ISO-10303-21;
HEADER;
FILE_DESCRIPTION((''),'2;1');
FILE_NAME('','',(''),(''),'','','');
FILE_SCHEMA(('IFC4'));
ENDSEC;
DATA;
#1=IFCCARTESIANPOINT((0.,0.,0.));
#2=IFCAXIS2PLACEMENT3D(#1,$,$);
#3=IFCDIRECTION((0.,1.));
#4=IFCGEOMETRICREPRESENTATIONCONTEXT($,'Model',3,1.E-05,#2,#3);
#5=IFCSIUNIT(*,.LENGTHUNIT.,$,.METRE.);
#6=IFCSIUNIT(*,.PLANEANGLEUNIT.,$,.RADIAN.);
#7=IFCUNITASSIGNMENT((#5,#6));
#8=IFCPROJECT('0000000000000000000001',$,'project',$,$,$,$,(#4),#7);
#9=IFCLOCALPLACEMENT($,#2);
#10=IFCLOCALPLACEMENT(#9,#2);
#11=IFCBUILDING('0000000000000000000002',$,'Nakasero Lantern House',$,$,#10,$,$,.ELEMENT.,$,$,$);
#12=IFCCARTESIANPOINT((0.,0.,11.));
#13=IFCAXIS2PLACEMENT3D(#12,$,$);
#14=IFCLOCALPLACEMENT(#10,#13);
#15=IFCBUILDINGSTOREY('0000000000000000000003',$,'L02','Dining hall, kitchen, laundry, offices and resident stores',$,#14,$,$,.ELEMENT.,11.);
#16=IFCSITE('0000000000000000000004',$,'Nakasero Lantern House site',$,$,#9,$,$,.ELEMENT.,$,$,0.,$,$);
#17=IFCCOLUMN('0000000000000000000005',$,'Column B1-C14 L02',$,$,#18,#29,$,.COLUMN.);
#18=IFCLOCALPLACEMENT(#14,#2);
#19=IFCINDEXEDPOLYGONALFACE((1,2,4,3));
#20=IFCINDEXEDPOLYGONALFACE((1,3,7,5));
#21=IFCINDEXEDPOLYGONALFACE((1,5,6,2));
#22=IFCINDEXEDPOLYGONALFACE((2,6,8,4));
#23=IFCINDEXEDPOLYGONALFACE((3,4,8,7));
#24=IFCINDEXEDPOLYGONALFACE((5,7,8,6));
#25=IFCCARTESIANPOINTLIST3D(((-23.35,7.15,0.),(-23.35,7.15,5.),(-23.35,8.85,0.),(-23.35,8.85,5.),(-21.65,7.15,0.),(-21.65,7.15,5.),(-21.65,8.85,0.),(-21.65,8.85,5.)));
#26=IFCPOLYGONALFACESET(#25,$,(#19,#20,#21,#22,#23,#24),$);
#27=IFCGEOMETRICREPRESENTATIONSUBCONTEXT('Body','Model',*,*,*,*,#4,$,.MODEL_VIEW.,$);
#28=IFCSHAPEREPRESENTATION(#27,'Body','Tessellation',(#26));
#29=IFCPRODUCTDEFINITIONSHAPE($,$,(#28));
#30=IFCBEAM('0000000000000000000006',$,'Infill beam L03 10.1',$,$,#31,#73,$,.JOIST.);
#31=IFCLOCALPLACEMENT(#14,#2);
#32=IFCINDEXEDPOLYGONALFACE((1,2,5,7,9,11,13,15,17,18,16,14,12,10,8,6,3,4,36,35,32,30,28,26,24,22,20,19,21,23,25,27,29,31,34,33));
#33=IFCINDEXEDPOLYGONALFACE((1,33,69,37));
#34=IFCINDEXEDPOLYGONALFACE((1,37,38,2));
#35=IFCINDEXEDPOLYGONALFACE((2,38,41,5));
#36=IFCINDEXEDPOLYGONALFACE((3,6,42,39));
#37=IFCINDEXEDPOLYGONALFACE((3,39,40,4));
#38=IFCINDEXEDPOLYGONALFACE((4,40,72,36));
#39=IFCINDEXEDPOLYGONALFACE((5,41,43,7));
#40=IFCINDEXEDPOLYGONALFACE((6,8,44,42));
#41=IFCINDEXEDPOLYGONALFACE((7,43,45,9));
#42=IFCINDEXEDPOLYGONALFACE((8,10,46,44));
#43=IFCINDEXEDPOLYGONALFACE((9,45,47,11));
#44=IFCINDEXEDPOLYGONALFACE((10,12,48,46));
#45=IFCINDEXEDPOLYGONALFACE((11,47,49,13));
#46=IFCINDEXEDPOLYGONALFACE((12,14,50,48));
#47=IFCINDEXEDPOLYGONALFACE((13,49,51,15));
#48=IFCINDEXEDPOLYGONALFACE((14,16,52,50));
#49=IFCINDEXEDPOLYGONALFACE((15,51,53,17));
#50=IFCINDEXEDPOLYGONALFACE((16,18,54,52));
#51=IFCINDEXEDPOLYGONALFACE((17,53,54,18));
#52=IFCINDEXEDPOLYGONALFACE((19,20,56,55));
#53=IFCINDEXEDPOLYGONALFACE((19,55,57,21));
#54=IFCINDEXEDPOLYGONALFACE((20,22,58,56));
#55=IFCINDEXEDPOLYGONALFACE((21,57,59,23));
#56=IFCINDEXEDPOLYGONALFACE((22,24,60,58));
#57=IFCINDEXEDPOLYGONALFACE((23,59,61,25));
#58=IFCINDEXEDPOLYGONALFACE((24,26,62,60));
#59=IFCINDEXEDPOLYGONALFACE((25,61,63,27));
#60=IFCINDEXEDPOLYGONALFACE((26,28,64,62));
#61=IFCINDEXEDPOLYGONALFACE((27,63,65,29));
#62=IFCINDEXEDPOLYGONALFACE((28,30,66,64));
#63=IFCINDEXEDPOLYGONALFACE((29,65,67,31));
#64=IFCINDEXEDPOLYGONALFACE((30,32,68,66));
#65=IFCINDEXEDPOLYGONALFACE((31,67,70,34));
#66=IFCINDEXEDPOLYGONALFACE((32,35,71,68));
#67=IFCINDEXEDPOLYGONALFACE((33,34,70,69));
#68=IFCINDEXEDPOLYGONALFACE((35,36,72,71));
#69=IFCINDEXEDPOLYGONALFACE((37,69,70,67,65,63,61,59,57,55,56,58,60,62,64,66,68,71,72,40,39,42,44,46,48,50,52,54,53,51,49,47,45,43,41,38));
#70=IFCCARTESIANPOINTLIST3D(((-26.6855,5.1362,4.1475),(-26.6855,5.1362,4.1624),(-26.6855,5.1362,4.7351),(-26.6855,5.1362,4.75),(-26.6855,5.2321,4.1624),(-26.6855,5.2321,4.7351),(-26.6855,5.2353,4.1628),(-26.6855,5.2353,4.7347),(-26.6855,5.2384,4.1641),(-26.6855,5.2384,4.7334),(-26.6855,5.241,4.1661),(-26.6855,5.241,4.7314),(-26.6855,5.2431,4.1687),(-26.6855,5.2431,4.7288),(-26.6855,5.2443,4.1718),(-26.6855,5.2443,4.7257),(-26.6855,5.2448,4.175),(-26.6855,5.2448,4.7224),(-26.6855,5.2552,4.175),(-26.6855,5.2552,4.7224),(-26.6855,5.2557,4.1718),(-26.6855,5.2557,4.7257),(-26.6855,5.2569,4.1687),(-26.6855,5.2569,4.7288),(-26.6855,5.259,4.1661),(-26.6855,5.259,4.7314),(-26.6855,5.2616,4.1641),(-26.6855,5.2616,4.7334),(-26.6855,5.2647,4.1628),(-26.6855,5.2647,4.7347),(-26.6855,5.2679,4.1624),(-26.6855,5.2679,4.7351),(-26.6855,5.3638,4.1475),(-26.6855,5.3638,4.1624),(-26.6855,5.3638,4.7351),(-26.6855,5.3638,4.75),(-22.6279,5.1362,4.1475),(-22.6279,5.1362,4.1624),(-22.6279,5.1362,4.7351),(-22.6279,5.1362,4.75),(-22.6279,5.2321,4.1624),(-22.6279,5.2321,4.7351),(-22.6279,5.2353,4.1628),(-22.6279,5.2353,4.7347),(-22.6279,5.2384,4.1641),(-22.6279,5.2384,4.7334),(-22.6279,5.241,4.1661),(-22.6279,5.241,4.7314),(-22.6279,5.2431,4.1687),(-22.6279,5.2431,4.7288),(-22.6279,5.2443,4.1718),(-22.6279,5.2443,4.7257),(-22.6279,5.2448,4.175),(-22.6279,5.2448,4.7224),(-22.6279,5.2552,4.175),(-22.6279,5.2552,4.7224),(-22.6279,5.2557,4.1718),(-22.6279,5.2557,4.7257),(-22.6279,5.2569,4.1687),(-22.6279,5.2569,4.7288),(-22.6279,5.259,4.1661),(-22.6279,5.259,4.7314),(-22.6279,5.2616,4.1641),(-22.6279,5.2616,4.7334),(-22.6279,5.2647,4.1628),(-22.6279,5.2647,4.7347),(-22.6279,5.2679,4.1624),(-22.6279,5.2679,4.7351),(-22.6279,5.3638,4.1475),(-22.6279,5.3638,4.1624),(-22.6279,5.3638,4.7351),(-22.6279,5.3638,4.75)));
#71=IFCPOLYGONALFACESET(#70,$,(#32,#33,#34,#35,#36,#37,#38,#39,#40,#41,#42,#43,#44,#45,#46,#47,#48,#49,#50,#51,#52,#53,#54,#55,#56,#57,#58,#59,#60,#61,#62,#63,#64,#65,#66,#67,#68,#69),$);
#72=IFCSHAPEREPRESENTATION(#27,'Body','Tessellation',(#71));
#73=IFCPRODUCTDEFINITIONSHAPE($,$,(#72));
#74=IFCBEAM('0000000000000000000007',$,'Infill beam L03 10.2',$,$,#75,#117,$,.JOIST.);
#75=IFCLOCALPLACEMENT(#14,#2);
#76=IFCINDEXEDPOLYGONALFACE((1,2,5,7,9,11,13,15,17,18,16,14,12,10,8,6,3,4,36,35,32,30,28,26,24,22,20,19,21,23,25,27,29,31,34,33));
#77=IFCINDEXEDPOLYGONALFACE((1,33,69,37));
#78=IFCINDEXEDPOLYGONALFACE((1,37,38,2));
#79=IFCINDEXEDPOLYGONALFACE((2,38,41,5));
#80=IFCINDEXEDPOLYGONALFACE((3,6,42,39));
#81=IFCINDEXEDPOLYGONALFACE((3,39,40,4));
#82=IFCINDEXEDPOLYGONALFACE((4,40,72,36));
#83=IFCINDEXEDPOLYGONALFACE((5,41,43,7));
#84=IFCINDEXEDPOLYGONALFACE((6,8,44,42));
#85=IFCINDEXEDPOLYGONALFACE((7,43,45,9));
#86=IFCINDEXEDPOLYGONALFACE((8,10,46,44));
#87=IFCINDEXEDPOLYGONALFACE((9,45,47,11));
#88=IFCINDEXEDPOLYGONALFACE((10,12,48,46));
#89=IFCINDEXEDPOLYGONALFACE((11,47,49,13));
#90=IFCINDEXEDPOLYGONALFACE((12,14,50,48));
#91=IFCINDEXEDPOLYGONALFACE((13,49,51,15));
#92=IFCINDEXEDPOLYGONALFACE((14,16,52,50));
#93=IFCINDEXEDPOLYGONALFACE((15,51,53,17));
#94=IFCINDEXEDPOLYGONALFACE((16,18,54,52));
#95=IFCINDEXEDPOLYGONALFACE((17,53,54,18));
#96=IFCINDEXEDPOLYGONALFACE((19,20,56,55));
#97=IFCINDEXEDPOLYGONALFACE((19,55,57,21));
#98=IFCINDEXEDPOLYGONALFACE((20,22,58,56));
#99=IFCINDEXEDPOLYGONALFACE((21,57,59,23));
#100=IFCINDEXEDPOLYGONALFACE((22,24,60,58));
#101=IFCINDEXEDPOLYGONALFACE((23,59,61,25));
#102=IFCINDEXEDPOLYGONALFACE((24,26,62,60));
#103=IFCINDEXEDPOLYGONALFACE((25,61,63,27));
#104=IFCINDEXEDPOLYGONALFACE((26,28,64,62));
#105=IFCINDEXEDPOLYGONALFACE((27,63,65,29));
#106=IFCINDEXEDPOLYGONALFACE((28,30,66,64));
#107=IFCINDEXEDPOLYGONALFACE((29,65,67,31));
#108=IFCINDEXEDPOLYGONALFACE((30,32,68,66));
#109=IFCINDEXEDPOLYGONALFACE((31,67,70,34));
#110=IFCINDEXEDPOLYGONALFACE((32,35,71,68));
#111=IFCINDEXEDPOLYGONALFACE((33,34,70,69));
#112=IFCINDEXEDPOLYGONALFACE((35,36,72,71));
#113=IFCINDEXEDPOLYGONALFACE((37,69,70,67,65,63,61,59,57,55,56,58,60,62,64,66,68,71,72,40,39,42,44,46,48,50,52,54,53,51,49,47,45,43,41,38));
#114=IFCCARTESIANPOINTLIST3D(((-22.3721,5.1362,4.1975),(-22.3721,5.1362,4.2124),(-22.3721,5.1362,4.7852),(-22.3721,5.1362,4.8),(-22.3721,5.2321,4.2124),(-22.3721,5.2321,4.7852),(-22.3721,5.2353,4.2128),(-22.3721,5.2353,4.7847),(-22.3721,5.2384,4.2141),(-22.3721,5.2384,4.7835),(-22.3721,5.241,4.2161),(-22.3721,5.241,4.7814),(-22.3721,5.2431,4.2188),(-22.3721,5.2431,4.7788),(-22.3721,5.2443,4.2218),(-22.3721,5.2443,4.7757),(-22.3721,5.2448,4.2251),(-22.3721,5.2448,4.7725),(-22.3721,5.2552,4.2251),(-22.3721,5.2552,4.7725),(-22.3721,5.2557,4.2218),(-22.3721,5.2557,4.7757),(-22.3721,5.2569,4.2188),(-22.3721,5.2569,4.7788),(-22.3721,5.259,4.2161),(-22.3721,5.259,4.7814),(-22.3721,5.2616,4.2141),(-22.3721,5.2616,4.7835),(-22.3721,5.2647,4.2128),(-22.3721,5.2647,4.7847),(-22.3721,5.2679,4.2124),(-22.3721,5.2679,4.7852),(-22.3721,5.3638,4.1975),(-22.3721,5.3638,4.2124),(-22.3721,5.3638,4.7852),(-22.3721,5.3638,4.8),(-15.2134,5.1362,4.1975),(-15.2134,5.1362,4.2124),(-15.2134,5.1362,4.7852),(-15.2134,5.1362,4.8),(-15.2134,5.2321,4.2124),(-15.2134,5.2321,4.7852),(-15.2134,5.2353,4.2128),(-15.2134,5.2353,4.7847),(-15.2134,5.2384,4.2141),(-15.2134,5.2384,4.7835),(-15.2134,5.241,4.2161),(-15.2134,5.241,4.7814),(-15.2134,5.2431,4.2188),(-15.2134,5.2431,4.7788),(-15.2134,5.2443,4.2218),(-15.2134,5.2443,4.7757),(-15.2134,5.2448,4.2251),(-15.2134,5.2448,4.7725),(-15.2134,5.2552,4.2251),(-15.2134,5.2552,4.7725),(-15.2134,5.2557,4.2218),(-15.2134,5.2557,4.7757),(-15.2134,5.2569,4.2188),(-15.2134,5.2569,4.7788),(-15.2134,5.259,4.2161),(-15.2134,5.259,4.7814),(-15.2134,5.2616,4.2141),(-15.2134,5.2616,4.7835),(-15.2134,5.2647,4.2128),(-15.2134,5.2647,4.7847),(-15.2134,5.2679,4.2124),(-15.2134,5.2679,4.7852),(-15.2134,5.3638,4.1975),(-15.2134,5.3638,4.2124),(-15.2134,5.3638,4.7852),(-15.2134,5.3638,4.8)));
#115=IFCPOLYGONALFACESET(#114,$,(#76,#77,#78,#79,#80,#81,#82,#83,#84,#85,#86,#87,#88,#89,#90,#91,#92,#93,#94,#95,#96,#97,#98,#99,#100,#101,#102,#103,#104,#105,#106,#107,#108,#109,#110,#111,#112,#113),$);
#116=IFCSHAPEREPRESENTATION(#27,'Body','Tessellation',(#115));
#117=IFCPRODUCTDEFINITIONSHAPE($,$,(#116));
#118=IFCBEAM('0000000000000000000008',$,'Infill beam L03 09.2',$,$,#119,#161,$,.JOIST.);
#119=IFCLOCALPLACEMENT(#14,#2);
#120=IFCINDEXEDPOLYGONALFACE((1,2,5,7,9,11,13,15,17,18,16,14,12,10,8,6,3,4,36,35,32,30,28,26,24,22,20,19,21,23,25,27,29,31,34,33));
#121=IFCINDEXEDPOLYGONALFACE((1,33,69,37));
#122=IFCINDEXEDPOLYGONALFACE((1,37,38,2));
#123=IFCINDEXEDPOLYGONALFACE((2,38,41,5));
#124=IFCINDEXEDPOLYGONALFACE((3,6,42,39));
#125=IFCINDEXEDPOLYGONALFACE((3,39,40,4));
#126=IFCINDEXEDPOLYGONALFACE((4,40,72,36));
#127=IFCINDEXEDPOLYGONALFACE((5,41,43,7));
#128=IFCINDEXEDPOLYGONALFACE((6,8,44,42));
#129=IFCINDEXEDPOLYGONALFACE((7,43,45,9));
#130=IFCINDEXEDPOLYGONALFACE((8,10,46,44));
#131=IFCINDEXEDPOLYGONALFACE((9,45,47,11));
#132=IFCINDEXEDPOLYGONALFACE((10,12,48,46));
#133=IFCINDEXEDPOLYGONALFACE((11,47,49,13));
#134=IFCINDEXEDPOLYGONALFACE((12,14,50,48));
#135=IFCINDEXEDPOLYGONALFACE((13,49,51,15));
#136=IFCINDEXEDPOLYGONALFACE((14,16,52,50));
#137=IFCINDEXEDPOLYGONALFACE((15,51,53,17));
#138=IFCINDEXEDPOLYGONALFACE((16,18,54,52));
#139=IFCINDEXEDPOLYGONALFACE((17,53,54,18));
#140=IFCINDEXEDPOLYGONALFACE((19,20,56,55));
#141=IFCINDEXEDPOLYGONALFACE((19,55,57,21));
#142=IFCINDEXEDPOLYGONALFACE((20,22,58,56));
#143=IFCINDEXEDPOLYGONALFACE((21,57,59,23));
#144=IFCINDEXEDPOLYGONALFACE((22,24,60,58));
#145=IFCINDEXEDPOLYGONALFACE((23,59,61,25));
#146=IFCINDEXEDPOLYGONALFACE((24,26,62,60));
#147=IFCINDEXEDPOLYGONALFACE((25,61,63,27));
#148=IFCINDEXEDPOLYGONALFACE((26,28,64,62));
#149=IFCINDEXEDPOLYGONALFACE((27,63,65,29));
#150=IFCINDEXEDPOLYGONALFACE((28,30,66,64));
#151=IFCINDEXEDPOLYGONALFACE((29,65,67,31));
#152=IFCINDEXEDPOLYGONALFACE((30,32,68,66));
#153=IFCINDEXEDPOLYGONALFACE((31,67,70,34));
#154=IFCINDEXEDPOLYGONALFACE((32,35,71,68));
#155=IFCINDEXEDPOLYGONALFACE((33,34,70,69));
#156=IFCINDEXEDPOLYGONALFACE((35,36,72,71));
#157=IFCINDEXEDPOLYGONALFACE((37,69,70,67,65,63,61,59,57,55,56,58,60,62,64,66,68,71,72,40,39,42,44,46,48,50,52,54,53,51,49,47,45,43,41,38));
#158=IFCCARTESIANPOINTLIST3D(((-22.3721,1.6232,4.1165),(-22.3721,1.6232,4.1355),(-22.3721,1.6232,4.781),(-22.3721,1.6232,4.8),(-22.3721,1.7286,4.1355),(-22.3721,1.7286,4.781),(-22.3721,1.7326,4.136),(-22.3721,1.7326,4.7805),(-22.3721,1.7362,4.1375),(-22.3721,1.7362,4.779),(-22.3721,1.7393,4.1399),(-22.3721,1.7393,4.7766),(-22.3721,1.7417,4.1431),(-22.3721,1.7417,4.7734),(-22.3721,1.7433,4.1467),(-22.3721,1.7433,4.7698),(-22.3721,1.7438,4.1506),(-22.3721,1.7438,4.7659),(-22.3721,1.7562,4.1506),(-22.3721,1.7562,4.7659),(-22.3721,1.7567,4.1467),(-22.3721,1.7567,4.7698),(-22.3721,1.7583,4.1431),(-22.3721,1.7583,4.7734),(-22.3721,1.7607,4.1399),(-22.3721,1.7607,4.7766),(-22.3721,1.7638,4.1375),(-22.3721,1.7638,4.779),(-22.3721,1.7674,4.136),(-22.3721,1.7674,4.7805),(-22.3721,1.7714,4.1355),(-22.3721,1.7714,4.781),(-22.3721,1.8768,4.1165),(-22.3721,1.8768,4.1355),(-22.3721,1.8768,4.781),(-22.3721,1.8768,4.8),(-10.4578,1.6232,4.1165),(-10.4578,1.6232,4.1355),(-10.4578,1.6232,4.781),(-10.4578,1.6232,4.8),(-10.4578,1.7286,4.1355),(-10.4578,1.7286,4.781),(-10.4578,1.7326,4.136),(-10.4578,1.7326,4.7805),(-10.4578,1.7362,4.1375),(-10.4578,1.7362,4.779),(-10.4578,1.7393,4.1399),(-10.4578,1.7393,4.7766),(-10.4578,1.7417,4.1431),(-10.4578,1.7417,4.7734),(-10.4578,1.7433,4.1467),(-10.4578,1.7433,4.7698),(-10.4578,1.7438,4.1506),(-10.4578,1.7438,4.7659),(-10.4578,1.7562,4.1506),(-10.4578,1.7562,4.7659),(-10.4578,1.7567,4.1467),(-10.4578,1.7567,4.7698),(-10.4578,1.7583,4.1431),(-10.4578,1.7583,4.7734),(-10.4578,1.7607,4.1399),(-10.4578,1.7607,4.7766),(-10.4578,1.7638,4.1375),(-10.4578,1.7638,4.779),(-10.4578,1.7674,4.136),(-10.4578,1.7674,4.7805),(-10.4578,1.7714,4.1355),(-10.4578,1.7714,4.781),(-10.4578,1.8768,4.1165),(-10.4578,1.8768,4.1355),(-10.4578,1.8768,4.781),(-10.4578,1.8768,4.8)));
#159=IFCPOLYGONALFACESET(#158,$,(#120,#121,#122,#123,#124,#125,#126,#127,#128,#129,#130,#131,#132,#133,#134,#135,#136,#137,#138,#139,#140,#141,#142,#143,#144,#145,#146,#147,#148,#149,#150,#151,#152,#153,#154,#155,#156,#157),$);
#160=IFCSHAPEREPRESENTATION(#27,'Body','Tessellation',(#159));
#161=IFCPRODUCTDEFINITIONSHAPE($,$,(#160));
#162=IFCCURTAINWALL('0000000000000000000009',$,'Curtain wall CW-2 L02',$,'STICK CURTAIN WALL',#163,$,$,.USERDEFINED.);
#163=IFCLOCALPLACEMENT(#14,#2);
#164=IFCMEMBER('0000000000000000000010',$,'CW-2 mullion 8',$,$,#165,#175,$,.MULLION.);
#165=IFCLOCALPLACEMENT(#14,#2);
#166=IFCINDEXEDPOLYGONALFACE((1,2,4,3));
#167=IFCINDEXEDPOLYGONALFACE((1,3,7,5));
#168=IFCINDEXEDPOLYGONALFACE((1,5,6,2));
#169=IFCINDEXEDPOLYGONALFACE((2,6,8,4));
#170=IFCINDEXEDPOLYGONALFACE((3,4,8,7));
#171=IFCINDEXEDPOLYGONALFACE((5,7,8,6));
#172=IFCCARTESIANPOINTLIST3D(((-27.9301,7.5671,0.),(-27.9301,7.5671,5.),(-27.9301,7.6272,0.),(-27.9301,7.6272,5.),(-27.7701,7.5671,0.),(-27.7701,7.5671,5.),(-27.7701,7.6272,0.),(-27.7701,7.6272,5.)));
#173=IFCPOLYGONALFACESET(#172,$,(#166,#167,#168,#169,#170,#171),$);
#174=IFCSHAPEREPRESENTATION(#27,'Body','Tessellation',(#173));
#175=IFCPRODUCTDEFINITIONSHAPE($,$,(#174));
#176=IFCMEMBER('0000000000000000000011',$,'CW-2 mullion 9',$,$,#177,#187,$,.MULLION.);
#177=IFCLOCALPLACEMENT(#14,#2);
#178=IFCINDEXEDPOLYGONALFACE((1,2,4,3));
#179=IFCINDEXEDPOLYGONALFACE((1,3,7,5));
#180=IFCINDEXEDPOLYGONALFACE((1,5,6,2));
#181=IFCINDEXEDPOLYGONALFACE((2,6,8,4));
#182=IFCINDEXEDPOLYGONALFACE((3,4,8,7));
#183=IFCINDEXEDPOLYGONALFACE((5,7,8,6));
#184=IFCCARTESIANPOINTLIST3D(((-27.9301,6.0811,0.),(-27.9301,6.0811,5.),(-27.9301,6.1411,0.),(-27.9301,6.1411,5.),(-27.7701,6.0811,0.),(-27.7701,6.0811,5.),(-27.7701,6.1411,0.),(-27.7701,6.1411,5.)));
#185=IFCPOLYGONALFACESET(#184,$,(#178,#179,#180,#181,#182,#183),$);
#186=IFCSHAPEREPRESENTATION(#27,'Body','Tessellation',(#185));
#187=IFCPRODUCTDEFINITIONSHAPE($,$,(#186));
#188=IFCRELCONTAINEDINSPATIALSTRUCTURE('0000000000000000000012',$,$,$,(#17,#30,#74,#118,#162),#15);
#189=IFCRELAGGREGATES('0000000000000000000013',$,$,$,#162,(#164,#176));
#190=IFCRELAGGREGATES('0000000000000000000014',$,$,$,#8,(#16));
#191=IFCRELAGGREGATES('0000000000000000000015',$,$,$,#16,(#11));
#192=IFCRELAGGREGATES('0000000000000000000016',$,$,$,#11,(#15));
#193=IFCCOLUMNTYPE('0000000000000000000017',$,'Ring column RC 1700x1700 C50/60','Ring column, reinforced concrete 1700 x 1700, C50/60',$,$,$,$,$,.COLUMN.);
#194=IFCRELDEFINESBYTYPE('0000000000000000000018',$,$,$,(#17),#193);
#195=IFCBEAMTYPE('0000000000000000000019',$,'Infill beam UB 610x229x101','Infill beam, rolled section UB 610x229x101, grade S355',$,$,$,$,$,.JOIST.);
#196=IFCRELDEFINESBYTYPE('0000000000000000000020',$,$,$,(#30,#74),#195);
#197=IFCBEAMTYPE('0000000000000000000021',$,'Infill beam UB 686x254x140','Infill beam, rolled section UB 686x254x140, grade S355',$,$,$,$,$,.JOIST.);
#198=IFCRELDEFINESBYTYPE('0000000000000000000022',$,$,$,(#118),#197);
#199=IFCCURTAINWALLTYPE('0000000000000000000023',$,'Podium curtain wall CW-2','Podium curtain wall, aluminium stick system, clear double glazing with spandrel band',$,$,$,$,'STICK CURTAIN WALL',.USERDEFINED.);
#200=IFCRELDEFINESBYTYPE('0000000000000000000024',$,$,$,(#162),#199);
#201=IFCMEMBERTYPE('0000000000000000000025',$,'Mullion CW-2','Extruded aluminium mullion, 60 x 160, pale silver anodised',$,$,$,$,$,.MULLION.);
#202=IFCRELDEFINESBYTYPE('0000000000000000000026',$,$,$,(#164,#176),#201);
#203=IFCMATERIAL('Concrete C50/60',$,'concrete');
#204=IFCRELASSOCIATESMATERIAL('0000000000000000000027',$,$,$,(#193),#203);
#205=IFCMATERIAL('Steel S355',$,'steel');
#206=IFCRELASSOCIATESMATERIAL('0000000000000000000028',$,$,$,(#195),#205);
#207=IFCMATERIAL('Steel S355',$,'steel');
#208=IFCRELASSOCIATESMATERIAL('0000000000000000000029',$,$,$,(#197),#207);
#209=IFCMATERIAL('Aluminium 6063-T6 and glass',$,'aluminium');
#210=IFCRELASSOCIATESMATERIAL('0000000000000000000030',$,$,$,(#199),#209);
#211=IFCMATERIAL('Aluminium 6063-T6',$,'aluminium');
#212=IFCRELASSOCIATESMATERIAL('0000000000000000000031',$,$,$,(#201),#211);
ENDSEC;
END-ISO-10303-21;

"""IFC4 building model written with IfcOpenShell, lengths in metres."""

from ifc_helpers import new_model, si_unit, direction, frame, origin, origin_2d, place, context, subcontext, project, spatial, rectangle, i_section, extrude, material, material_profile, profile_set, type_object, element, aggregate, save


model = new_model("IFC4")

# Units and contexts
model_context = context("Model", 3, precision=1e-05, world=origin(), true_north=direction((0.0, 1.0)))
body_context = subcontext(model_context, "Body", "Model", "MODEL_VIEW")
ifc_project = project(units=[si_unit("LENGTHUNIT", "METRE"), si_unit("PLANEANGLEUNIT", "RADIAN")], contexts=[model_context])

# Site, building, storey
site_placement = place(None, origin())
site = spatial("IfcSite", under=ifc_project, at=site_placement, Name="Nakasero Lantern House site", CompositionType="ELEMENT", RefElevation=0.0)
building_placement = place(site_placement, origin())
building = spatial("IfcBuilding", under=site, at=building_placement, Name="Nakasero Lantern House", CompositionType="ELEMENT")
storey_placement = place(building_placement, frame((0.0, 0.0, 11.0)))
storey = spatial("IfcBuildingStorey", under=building, at=storey_placement, Name="L02", Description="Dining hall, kitchen, laundry, offices and resident stores", CompositionType="ELEMENT", Elevation=11.0)

# Column
ifc_material_1 = material(Name="Concrete C50/60", Category="concrete")
ifc_material_profile_1 = material_profile(ifc_material_1, rectangle(XDim=1.7, YDim=1.7, at=origin_2d()), Name="RC 1700x1700")
ifc_profile_set_1 = profile_set([ifc_material_profile_1], Name="Concrete C50/60")
column_type = type_object("IfcColumnType", Name="Ring column RC 1700x1700 C50/60", Description="Ring column, reinforced concrete 1700 x 1700, C50/60", PredefinedType="COLUMN", material=ifc_profile_set_1)
column_placement = place(storey_placement, frame((-22.5, 8.0, 0.0), z_axis=(0.0, 0.0, 1.0), x_axis=(1.0, 0.0, 0.0)))
element("IfcColumn", 1, at=column_placement, inside=storey, type_object=column_type, Name="Column B1-C14 L02", PredefinedType="COLUMN", context=body_context, shape_type="SweptSolid", body=[
    extrude(rectangle(XDim=1.7, YDim=1.7, at=origin_2d()), origin(), (0.0, 0.0, 1.0), 5.0),
])

# Beams
ifc_material_2 = material(Name="Steel S355", Category="steel")
ifc_material_profile_2 = material_profile(ifc_material_2, i_section(OverallWidth=0.2275, OverallDepth=0.6025, WebThickness=0.0105, FlangeThickness=0.0149, FilletRadius=0.0127, at=origin_2d()), Name="UB 610x229x101")
ifc_profile_set_2 = profile_set([ifc_material_profile_2], Name="Steel S355")
beam_type_1 = type_object("IfcBeamType", Name="Infill beam UB 610x229x101", Description="Infill beam, rolled section UB 610x229x101, grade S355", PredefinedType="JOIST", material=ifc_profile_set_2)
beam_1_placement = place(storey_placement, frame((-26.6855, 5.25, 4.4487), z_axis=(1.0, 0.0, 0.0), x_axis=(0.0, 1.0, 0.0)))
element("IfcBeam", 2, at=beam_1_placement, inside=storey, type_object=beam_type_1, Name="Infill beam L03 10.1", PredefinedType="JOIST", context=body_context, shape_type="SweptSolid", body=[
    extrude(i_section(OverallWidth=0.2275, OverallDepth=0.6025, WebThickness=0.0105, FlangeThickness=0.0149, FilletRadius=0.0127, at=origin_2d()), origin(), (0.0, 0.0, 1.0), 4.0576),
])
beam_2_placement = place(storey_placement, frame((-22.3721, 5.25, 4.4988), z_axis=(1.0, 0.0, 0.0), x_axis=(0.0, 1.0, 0.0)))
element("IfcBeam", 3, at=beam_2_placement, inside=storey, type_object=beam_type_1, Name="Infill beam L03 10.2", PredefinedType="JOIST", context=body_context, shape_type="SweptSolid", body=[
    extrude(i_section(OverallWidth=0.2275, OverallDepth=0.6025, WebThickness=0.0105, FlangeThickness=0.0149, FilletRadius=0.0127, at=origin_2d()), origin(), (0.0, 0.0, 1.0), 7.1587),
])
ifc_material_3 = material(Name="Steel S355", Category="steel")
ifc_material_profile_3 = material_profile(ifc_material_3, i_section(OverallWidth=0.2537, OverallDepth=0.6836, WebThickness=0.0125, FlangeThickness=0.019, FilletRadius=0.0151, at=origin_2d()), Name="UB 686x254x140")
ifc_profile_set_3 = profile_set([ifc_material_profile_3], Name="Steel S355")
beam_type_2 = type_object("IfcBeamType", Name="Infill beam UB 686x254x140", Description="Infill beam, rolled section UB 686x254x140, grade S355", PredefinedType="JOIST", material=ifc_profile_set_3)
beam_3_placement = place(storey_placement, frame((-22.3721, 1.75, 4.4583), z_axis=(1.0, 0.0, 0.0), x_axis=(0.0, 1.0, 0.0)))
element("IfcBeam", 4, at=beam_3_placement, inside=storey, type_object=beam_type_2, Name="Infill beam L03 09.2", PredefinedType="JOIST", context=body_context, shape_type="SweptSolid", body=[
    extrude(i_section(OverallWidth=0.2537, OverallDepth=0.6836, WebThickness=0.0125, FlangeThickness=0.019, FilletRadius=0.0151, at=origin_2d()), origin(), (0.0, 0.0, 1.0), 11.9143),
])

# Curtain wall, members
ifc_material_4 = material(Name="Aluminium 6063-T6 and glass", Category="aluminium")
curtain_wall_type = type_object("IfcCurtainWallType", Name="Podium curtain wall CW-2", Description="Podium curtain wall, aluminium stick system, clear double glazing with spandrel band", ElementType="STICK CURTAIN WALL", PredefinedType="USERDEFINED", material=ifc_material_4)
curtain_wall_placement = place(storey_placement, origin())
curtain_wall = element("IfcCurtainWall", 5, at=curtain_wall_placement, inside=storey, type_object=curtain_wall_type, Name="Curtain wall CW-2 L02", ObjectType="STICK CURTAIN WALL", PredefinedType="USERDEFINED")
ifc_material_5 = material(Name="Aluminium 6063-T6", Category="aluminium")
ifc_material_profile_4 = material_profile(ifc_material_5, rectangle(XDim=0.0601, YDim=0.1599, at=origin_2d()), Name="CW-2 mullion 60x160")
ifc_profile_set_4 = profile_set([ifc_material_profile_4], Name="Aluminium 6063-T6")
member_type_1 = type_object("IfcMemberType", Name="Mullion CW-2", Description="Extruded aluminium mullion, 60 x 160, pale silver anodised", PredefinedType="MULLION", material=ifc_profile_set_4)
member_1_placement = place(storey_placement, frame((-27.8501, 7.5972, 0.0), z_axis=(0.0, 0.0, 1.0), x_axis=(0.0, -1.0, 0.0)))
member_1 = element("IfcMember", 6, at=member_1_placement, type_object=member_type_1, Name="CW-2 mullion 8", PredefinedType="MULLION", context=body_context, shape_type="SweptSolid", body=[
    extrude(rectangle(XDim=0.0601, YDim=0.1599, at=origin_2d()), origin(), (0.0, 0.0, 1.0), 5.0),
])
member_2_placement = place(storey_placement, frame((-27.8501, 6.1111, 0.0), z_axis=(0.0, 0.0, 1.0), x_axis=(0.0, -1.0, 0.0)))
member_2 = element("IfcMember", 7, at=member_2_placement, type_object=member_type_1, Name="CW-2 mullion 9", PredefinedType="MULLION", context=body_context, shape_type="SweptSolid", body=[
    extrude(rectangle(XDim=0.0601, YDim=0.1599, at=origin_2d()), origin(), (0.0, 0.0, 1.0), 5.0),
])

aggregate(curtain_wall, [member_1, member_2])

save(model, "model.ifc")
